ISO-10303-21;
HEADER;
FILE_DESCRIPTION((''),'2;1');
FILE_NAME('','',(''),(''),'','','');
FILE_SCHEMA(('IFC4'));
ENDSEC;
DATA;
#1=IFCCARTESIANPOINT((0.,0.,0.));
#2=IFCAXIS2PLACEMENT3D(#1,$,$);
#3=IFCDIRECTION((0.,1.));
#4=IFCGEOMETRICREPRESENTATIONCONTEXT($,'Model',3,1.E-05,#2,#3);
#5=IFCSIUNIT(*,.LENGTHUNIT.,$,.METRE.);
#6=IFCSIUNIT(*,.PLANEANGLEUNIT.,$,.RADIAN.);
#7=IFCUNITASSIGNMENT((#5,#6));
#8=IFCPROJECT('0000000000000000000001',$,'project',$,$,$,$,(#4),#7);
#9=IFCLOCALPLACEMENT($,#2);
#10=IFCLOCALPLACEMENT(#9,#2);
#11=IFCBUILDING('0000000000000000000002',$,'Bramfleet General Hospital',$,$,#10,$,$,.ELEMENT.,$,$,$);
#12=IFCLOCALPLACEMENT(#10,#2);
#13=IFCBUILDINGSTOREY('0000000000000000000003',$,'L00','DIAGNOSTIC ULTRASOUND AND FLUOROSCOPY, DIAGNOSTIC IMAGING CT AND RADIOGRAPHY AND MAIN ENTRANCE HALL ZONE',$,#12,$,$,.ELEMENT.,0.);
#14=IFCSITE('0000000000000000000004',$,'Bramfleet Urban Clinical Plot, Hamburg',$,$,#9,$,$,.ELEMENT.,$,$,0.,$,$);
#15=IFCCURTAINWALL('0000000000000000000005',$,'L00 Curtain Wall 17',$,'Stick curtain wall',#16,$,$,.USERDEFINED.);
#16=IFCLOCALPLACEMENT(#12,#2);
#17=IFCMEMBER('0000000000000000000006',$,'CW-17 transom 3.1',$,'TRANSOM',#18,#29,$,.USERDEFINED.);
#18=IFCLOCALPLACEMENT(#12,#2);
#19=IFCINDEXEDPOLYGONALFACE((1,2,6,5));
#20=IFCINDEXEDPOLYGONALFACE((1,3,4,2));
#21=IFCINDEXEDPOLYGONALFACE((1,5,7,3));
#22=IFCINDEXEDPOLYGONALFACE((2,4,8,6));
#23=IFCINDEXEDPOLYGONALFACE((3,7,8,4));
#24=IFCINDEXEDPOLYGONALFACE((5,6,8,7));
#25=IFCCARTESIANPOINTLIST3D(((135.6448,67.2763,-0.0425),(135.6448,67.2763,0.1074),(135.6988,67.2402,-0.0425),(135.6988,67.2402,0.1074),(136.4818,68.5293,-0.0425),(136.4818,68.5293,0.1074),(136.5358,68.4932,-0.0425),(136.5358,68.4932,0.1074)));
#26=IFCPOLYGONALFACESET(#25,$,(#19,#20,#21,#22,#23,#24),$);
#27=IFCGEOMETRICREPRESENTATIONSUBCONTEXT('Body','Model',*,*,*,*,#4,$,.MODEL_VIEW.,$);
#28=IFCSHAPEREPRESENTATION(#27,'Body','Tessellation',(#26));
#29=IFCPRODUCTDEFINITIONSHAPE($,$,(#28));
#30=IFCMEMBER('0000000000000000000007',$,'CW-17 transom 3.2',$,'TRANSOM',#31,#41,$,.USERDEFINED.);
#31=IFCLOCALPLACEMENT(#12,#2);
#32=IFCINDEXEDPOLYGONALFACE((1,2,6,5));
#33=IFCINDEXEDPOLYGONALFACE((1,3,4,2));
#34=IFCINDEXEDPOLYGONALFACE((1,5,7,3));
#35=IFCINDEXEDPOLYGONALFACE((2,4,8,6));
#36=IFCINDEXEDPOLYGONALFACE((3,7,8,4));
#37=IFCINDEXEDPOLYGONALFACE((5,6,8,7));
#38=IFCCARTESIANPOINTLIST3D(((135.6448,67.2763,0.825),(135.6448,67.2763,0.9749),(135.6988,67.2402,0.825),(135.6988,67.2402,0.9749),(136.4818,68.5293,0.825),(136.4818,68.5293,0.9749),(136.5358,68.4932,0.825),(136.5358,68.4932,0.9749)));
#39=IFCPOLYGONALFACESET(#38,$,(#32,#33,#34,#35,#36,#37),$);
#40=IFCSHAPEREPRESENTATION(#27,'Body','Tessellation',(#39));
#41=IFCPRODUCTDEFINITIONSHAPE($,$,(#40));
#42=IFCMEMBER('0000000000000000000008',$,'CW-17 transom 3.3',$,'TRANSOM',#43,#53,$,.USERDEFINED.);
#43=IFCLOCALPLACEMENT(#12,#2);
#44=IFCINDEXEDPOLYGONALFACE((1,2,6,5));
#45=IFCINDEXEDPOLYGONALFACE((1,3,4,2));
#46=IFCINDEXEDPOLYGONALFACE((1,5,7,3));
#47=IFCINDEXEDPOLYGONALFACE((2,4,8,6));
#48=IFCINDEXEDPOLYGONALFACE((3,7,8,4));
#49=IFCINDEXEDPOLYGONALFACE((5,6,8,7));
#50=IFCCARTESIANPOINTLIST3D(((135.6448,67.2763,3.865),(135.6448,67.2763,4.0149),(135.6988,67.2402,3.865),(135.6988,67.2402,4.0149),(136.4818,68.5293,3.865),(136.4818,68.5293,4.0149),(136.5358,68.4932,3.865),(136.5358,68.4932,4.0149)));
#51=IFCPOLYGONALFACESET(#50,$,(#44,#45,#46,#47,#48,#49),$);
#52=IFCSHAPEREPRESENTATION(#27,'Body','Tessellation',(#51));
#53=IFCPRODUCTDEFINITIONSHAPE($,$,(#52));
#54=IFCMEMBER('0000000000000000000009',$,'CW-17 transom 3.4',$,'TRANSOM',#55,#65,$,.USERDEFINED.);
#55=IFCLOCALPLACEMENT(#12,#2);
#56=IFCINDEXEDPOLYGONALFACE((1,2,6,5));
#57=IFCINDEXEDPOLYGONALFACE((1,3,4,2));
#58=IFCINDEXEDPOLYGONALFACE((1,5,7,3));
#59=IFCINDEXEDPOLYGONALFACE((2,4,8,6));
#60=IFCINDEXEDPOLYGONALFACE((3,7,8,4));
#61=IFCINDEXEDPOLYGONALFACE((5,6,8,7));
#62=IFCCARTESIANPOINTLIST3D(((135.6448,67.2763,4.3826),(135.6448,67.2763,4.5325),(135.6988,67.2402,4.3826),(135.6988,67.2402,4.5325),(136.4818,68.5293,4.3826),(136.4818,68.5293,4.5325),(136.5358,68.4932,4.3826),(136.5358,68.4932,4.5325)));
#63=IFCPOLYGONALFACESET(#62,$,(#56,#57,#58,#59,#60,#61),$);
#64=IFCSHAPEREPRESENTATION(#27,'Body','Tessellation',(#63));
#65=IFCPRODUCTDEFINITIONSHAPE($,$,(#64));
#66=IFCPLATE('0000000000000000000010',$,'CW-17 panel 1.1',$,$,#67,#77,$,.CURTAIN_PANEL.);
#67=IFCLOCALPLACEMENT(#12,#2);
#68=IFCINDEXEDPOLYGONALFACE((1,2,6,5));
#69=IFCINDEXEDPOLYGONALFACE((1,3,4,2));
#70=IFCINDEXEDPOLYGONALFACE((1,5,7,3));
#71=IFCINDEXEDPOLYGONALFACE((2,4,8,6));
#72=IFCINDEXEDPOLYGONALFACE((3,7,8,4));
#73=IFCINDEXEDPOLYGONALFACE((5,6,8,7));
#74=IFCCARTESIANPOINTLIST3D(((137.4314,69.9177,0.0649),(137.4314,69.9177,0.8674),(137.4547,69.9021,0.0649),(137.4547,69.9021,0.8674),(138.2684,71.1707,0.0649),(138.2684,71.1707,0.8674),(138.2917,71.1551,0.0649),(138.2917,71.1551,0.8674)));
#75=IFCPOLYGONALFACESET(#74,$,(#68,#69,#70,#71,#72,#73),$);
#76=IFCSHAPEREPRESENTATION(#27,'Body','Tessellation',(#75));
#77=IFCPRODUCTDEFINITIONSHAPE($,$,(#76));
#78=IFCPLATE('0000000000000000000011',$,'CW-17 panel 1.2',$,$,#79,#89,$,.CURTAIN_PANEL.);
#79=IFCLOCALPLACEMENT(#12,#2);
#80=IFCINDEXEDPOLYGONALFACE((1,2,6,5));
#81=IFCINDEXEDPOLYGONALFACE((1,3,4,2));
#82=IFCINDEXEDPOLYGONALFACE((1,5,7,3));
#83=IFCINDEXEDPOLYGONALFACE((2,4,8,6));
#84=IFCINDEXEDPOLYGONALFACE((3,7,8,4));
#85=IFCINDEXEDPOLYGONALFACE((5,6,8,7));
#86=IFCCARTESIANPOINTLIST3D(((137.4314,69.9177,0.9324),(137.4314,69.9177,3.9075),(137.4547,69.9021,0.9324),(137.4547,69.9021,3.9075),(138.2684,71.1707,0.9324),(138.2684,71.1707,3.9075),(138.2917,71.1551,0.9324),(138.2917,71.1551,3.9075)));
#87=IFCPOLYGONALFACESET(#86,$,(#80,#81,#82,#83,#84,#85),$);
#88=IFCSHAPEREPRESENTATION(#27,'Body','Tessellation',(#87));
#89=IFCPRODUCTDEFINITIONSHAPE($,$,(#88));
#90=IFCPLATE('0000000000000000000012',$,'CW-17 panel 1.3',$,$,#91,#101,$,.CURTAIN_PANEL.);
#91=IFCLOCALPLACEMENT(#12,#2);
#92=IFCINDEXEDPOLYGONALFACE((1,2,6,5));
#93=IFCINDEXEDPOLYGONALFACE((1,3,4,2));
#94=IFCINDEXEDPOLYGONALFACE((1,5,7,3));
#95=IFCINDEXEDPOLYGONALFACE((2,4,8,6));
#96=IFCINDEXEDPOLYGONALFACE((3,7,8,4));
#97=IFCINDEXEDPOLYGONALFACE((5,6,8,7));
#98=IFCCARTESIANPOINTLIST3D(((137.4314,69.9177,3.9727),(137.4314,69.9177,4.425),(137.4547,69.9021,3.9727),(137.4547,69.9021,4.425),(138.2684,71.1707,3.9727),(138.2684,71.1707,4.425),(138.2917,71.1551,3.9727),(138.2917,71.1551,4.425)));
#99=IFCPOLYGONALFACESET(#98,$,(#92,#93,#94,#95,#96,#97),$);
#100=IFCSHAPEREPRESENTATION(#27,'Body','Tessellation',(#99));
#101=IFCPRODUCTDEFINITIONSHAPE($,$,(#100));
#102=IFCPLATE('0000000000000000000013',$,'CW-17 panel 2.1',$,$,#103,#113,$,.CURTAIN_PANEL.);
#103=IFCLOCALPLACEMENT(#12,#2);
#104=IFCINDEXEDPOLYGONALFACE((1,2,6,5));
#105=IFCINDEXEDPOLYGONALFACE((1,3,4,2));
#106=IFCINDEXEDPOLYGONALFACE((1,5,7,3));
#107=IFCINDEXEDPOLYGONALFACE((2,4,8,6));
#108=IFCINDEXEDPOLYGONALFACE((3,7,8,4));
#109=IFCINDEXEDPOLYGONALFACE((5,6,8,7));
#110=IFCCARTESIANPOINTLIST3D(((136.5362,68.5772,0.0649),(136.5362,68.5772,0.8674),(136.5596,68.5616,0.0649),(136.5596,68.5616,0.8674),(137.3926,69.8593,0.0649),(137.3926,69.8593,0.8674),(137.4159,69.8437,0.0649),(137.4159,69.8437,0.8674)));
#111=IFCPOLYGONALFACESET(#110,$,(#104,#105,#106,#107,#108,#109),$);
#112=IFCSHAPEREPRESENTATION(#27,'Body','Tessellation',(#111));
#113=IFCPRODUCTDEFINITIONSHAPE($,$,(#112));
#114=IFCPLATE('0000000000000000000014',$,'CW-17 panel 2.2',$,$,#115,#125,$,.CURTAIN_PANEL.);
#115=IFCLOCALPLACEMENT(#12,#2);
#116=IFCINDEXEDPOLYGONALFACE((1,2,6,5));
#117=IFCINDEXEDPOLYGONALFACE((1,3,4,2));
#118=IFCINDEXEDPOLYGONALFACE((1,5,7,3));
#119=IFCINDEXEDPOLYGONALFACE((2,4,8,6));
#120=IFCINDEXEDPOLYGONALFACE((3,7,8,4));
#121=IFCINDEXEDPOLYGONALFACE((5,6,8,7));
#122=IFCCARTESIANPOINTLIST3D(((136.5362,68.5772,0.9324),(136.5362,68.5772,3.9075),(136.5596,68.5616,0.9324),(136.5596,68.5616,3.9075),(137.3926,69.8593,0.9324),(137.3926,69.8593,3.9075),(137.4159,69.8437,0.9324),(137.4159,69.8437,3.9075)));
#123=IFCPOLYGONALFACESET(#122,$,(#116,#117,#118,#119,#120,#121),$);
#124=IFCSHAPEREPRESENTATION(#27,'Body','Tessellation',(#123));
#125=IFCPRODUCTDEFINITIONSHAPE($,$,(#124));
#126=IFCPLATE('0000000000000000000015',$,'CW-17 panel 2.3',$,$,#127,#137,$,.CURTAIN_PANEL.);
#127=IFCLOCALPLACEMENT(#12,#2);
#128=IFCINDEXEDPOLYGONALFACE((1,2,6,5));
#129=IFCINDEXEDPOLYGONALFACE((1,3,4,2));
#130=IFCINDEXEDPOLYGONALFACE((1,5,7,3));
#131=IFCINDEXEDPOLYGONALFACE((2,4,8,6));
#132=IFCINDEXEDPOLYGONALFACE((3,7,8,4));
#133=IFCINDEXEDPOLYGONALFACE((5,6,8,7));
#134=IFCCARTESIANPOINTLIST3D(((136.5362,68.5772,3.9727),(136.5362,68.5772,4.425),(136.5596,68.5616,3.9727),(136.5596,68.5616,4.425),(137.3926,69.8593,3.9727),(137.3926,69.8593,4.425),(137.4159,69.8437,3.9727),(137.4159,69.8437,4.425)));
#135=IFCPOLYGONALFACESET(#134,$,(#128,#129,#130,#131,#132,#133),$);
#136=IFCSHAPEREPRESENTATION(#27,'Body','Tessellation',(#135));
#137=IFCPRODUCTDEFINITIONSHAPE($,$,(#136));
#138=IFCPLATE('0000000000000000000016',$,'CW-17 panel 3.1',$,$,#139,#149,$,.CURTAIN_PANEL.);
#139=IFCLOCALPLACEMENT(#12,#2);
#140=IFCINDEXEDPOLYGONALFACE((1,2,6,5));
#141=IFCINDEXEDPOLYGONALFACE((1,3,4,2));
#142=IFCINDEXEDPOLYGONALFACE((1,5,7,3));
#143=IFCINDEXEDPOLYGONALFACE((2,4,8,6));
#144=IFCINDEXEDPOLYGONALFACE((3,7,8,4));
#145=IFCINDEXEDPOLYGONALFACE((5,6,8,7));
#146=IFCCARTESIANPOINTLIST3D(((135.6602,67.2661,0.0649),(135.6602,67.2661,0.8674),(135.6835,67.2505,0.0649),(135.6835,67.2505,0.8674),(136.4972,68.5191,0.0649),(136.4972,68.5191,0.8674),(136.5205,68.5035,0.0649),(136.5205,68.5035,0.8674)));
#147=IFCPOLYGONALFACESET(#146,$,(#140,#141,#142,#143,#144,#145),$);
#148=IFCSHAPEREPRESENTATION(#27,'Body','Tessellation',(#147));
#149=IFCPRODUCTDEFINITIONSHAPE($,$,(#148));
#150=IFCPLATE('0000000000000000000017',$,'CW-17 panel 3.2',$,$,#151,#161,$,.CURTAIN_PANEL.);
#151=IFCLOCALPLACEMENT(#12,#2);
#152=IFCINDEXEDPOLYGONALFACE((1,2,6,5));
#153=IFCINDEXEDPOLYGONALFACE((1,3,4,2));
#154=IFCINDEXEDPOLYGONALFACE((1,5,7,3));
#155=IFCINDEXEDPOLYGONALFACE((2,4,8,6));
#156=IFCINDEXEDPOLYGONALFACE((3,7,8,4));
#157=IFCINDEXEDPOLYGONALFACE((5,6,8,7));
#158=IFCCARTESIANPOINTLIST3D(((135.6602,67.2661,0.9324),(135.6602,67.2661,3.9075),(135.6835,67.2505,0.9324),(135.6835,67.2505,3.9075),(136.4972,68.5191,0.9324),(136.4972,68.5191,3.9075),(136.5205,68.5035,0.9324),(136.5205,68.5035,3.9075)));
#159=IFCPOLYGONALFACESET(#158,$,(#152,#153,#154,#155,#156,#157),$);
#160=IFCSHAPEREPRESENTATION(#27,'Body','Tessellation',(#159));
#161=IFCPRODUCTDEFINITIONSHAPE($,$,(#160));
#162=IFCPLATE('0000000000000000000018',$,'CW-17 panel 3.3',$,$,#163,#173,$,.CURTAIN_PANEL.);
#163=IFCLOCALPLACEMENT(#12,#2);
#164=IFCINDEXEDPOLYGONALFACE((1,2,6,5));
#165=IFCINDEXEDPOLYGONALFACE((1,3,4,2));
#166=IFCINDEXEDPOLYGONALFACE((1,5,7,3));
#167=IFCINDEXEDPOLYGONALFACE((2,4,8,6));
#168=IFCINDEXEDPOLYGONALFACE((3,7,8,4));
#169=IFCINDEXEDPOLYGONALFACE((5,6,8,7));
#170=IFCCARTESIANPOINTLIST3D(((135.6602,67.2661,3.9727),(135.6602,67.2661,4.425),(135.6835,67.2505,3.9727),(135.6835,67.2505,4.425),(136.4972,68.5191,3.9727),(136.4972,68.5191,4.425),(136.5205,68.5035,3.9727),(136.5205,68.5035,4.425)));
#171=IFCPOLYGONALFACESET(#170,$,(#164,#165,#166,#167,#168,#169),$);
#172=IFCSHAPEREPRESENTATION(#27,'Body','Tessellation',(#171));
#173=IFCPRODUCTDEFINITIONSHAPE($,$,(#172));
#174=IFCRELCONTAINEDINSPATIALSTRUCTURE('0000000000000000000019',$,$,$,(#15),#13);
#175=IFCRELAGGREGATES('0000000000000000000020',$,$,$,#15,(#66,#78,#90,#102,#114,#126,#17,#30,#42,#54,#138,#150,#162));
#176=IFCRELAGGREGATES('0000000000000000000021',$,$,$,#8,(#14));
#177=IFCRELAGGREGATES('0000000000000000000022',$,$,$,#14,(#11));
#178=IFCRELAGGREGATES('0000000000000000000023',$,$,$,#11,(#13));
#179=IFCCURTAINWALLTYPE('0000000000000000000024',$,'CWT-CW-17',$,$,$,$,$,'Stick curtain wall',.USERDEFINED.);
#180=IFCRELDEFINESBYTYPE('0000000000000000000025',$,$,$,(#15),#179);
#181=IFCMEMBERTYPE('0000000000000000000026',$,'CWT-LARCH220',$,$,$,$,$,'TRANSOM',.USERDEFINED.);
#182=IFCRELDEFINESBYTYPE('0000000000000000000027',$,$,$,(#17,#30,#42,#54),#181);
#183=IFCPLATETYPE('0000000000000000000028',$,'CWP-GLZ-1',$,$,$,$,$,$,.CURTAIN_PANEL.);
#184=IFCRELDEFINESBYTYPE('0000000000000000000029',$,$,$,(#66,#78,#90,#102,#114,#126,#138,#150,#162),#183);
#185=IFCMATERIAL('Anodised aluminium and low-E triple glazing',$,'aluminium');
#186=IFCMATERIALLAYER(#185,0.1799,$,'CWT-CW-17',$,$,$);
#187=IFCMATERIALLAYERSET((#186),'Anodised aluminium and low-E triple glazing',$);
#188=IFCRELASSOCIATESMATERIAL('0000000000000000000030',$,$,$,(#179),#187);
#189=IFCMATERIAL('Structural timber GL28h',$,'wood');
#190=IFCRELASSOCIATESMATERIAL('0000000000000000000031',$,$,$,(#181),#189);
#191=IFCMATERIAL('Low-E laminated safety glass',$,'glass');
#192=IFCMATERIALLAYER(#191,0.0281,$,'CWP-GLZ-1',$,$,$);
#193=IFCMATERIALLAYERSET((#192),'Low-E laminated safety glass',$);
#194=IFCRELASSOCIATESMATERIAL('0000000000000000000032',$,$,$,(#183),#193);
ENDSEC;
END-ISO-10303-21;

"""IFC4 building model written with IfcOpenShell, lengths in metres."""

from ifc_helpers import new_model, si_unit, direction, frame, origin, origin_2d, place, context, subcontext, project, spatial, rectangle, extrude, material, layer, layer_set, material_profile, profile_set, type_object, element, aggregate, save


model = new_model("IFC4")

# Units and contexts
model_context = context("Model", 3, precision=1e-05, world=origin(), true_north=direction((0.0, 1.0)))
body_context = subcontext(model_context, "Body", "Model", "MODEL_VIEW")
ifc_project = project(units=[si_unit("LENGTHUNIT", "METRE"), si_unit("PLANEANGLEUNIT", "RADIAN")], contexts=[model_context])

# Site, building, storey
site_placement = place(None, origin())
site = spatial("IfcSite", under=ifc_project, at=site_placement, Name="Bramfleet Urban Clinical Plot, Hamburg", CompositionType="ELEMENT", RefElevation=0.0)
building_placement = place(site_placement, origin())
building = spatial("IfcBuilding", under=site, at=building_placement, Name="Bramfleet General Hospital", CompositionType="ELEMENT")
storey_placement = place(building_placement, origin())
storey = spatial("IfcBuildingStorey", under=building, at=storey_placement, Name="L00", Description="DIAGNOSTIC ULTRASOUND AND FLUOROSCOPY, DIAGNOSTIC IMAGING CT AND RADIOGRAPHY AND MAIN ENTRANCE HALL ZONE", CompositionType="ELEMENT", Elevation=0.0)

# Curtain wall, members, plates
ifc_material_1 = material(Name="Anodised aluminium and low-E triple glazing", Category="aluminium")
ifc_layer_1 = layer(ifc_material_1, 0.1799, Name="CWT-CW-17")
ifc_layer_set_1 = layer_set([ifc_layer_1], Name="Anodised aluminium and low-E triple glazing")
curtain_wall_type = type_object("IfcCurtainWallType", Name="CWT-CW-17", ElementType="Stick curtain wall", PredefinedType="USERDEFINED", material=ifc_layer_set_1)
curtain_wall_placement = place(storey_placement, origin())
curtain_wall = element("IfcCurtainWall", 1, at=curtain_wall_placement, inside=storey, type_object=curtain_wall_type, Name="L00 Curtain Wall 17", ObjectType="Stick curtain wall", PredefinedType="USERDEFINED")
ifc_material_2 = material(Name="Structural timber GL28h", Category="wood")
ifc_material_profile_1 = material_profile(ifc_material_2, rectangle(XDim=0.0649, YDim=0.1499, at=origin_2d()), Name="LARCH 150x65")
ifc_profile_set_1 = profile_set([ifc_material_profile_1], Name="Structural timber GL28h")
member_type_1 = type_object("IfcMemberType", Name="CWT-LARCH220", ElementType="TRANSOM", PredefinedType="USERDEFINED", material=ifc_profile_set_1)
member_1_placement = place(storey_placement, frame((136.5088, 68.5112, 0.0325), z_axis=(-0.555448, -0.831551, 0.0), x_axis=(0.831551, -0.555448, 0.0)))
member_1 = element("IfcMember", 2, at=member_1_placement, type_object=member_type_1, Name="CW-17 transom 3.1", ObjectType="TRANSOM", PredefinedType="USERDEFINED", context=body_context, shape_type="SweptSolid", body=[
    extrude(rectangle(XDim=0.0649, YDim=0.1499, at=origin_2d()), origin(), (0.0, 0.0, 1.0), 1.5068),
])
member_2_placement = place(storey_placement, frame((136.5088, 68.5112, 0.8999), z_axis=(-0.555448, -0.831551, 0.0), x_axis=(0.831551, -0.555448, 0.0)))
member_2 = element("IfcMember", 3, at=member_2_placement, type_object=member_type_1, Name="CW-17 transom 3.2", ObjectType="TRANSOM", PredefinedType="USERDEFINED", context=body_context, shape_type="SweptSolid", body=[
    extrude(rectangle(XDim=0.0649, YDim=0.1499, at=origin_2d()), origin(), (0.0, 0.0, 1.0), 1.5068),
])
member_3_placement = place(storey_placement, frame((136.5088, 68.5112, 3.9399), z_axis=(-0.555448, -0.831551, 0.0), x_axis=(0.831551, -0.555448, 0.0)))
member_3 = element("IfcMember", 4, at=member_3_placement, type_object=member_type_1, Name="CW-17 transom 3.3", ObjectType="TRANSOM", PredefinedType="USERDEFINED", context=body_context, shape_type="SweptSolid", body=[
    extrude(rectangle(XDim=0.0649, YDim=0.1499, at=origin_2d()), origin(), (0.0, 0.0, 1.0), 1.5068),
])
member_4_placement = place(storey_placement, frame((136.5088, 68.5112, 4.4575), z_axis=(-0.555448, -0.831551, 0.0), x_axis=(0.831551, -0.555448, 0.0)))
member_4 = element("IfcMember", 5, at=member_4_placement, type_object=member_type_1, Name="CW-17 transom 3.4", ObjectType="TRANSOM", PredefinedType="USERDEFINED", context=body_context, shape_type="SweptSolid", body=[
    extrude(rectangle(XDim=0.0649, YDim=0.1499, at=origin_2d()), origin(), (0.0, 0.0, 1.0), 1.5068),
])
ifc_material_3 = material(Name="Low-E laminated safety glass", Category="glass")
ifc_layer_2 = layer(ifc_material_3, 0.0281, Name="CWP-GLZ-1")
ifc_layer_set_2 = layer_set([ifc_layer_2], Name="Low-E laminated safety glass")
plate_type = type_object("IfcPlateType", Name="CWP-GLZ-1", PredefinedType="CURTAIN_PANEL", material=ifc_layer_set_2)
plate_1_placement = place(storey_placement, frame((137.8616, 70.5364, 0.0649), z_axis=(0.0, 0.0, 1.0), x_axis=(-0.555464, -0.831541, 0.0)))
plate_1 = element("IfcPlate", 6, at=plate_1_placement, type_object=plate_type, Name="CW-17 panel 1.1", PredefinedType="CURTAIN_PANEL", context=body_context, shape_type="SweptSolid", body=[
    extrude(rectangle(XDim=1.5068, YDim=0.0281, at=origin_2d()), origin(), (0.0, 0.0, 1.0), 0.8025),
])
plate_2_placement = place(storey_placement, frame((137.8616, 70.5364, 0.9324), z_axis=(0.0, 0.0, 1.0), x_axis=(-0.555464, -0.831541, 0.0)))
plate_2 = element("IfcPlate", 7, at=plate_2_placement, type_object=plate_type, Name="CW-17 panel 1.2", PredefinedType="CURTAIN_PANEL", context=body_context, shape_type="SweptSolid", body=[
    extrude(rectangle(XDim=1.5068, YDim=0.0281, at=origin_2d()), origin(), (0.0, 0.0, 1.0), 2.9751),
])
plate_3_placement = place(storey_placement, frame((137.8616, 70.5364, 3.9727), z_axis=(0.0, 0.0, 1.0), x_axis=(-0.555464, -0.831541, 0.0)))
plate_3 = element("IfcPlate", 8, at=plate_3_placement, type_object=plate_type, Name="CW-17 panel 1.3", PredefinedType="CURTAIN_PANEL", context=body_context, shape_type="SweptSolid", body=[
    extrude(rectangle(XDim=1.5068, YDim=0.0281, at=origin_2d()), origin(), (0.0, 0.0, 1.0), 0.4524),
])
plate_4_placement = place(storey_placement, frame((136.9761, 69.2104, 0.0649), z_axis=(0.0, 0.0, 1.0), x_axis=(-0.555464, -0.831541, 0.0)))
plate_4 = element("IfcPlate", 9, at=plate_4_placement, type_object=plate_type, Name="CW-17 panel 2.1", PredefinedType="CURTAIN_PANEL", context=body_context, shape_type="SweptSolid", body=[
    extrude(rectangle(XDim=1.5417, YDim=0.0281, at=origin_2d()), origin(), (0.0, 0.0, 1.0), 0.8025),
])
plate_5_placement = place(storey_placement, frame((136.9761, 69.2104, 0.9324), z_axis=(0.0, 0.0, 1.0), x_axis=(-0.555464, -0.831541, 0.0)))
plate_5 = element("IfcPlate", 10, at=plate_5_placement, type_object=plate_type, Name="CW-17 panel 2.2", PredefinedType="CURTAIN_PANEL", context=body_context, shape_type="SweptSolid", body=[
    extrude(rectangle(XDim=1.5417, YDim=0.0281, at=origin_2d()), origin(), (0.0, 0.0, 1.0), 2.9751),
])
plate_6_placement = place(storey_placement, frame((136.9761, 69.2104, 3.9727), z_axis=(0.0, 0.0, 1.0), x_axis=(-0.555464, -0.831541, 0.0)))
plate_6 = element("IfcPlate", 11, at=plate_6_placement, type_object=plate_type, Name="CW-17 panel 2.3", PredefinedType="CURTAIN_PANEL", context=body_context, shape_type="SweptSolid", body=[
    extrude(rectangle(XDim=1.5417, YDim=0.0281, at=origin_2d()), origin(), (0.0, 0.0, 1.0), 0.4524),
])
plate_7_placement = place(storey_placement, frame((136.0903, 67.8848, 0.0649), z_axis=(0.0, 0.0, 1.0), x_axis=(-0.555464, -0.831541, 0.0)))
plate_7 = element("IfcPlate", 12, at=plate_7_placement, type_object=plate_type, Name="CW-17 panel 3.1", PredefinedType="CURTAIN_PANEL", context=body_context, shape_type="SweptSolid", body=[
    extrude(rectangle(XDim=1.5068, YDim=0.0281, at=origin_2d()), origin(), (0.0, 0.0, 1.0), 0.8025),
])
plate_8_placement = place(storey_placement, frame((136.0903, 67.8848, 0.9324), z_axis=(0.0, 0.0, 1.0), x_axis=(-0.555464, -0.831541, 0.0)))
plate_8 = element("IfcPlate", 13, at=plate_8_placement, type_object=plate_type, Name="CW-17 panel 3.2", PredefinedType="CURTAIN_PANEL", context=body_context, shape_type="SweptSolid", body=[
    extrude(rectangle(XDim=1.5068, YDim=0.0281, at=origin_2d()), origin(), (0.0, 0.0, 1.0), 2.9751),
])
plate_9_placement = place(storey_placement, frame((136.0903, 67.8848, 3.9727), z_axis=(0.0, 0.0, 1.0), x_axis=(-0.555464, -0.831541, 0.0)))
plate_9 = element("IfcPlate", 14, at=plate_9_placement, type_object=plate_type, Name="CW-17 panel 3.3", PredefinedType="CURTAIN_PANEL", context=body_context, shape_type="SweptSolid", body=[
    extrude(rectangle(XDim=1.5068, YDim=0.0281, at=origin_2d()), origin(), (0.0, 0.0, 1.0), 0.4524),
])
aggregate(curtain_wall, [plate_1, plate_2, plate_3, plate_4, plate_5, plate_6, member_1, member_2, member_3, member_4, plate_7, plate_8, plate_9])

save(model, "model.ifc")
